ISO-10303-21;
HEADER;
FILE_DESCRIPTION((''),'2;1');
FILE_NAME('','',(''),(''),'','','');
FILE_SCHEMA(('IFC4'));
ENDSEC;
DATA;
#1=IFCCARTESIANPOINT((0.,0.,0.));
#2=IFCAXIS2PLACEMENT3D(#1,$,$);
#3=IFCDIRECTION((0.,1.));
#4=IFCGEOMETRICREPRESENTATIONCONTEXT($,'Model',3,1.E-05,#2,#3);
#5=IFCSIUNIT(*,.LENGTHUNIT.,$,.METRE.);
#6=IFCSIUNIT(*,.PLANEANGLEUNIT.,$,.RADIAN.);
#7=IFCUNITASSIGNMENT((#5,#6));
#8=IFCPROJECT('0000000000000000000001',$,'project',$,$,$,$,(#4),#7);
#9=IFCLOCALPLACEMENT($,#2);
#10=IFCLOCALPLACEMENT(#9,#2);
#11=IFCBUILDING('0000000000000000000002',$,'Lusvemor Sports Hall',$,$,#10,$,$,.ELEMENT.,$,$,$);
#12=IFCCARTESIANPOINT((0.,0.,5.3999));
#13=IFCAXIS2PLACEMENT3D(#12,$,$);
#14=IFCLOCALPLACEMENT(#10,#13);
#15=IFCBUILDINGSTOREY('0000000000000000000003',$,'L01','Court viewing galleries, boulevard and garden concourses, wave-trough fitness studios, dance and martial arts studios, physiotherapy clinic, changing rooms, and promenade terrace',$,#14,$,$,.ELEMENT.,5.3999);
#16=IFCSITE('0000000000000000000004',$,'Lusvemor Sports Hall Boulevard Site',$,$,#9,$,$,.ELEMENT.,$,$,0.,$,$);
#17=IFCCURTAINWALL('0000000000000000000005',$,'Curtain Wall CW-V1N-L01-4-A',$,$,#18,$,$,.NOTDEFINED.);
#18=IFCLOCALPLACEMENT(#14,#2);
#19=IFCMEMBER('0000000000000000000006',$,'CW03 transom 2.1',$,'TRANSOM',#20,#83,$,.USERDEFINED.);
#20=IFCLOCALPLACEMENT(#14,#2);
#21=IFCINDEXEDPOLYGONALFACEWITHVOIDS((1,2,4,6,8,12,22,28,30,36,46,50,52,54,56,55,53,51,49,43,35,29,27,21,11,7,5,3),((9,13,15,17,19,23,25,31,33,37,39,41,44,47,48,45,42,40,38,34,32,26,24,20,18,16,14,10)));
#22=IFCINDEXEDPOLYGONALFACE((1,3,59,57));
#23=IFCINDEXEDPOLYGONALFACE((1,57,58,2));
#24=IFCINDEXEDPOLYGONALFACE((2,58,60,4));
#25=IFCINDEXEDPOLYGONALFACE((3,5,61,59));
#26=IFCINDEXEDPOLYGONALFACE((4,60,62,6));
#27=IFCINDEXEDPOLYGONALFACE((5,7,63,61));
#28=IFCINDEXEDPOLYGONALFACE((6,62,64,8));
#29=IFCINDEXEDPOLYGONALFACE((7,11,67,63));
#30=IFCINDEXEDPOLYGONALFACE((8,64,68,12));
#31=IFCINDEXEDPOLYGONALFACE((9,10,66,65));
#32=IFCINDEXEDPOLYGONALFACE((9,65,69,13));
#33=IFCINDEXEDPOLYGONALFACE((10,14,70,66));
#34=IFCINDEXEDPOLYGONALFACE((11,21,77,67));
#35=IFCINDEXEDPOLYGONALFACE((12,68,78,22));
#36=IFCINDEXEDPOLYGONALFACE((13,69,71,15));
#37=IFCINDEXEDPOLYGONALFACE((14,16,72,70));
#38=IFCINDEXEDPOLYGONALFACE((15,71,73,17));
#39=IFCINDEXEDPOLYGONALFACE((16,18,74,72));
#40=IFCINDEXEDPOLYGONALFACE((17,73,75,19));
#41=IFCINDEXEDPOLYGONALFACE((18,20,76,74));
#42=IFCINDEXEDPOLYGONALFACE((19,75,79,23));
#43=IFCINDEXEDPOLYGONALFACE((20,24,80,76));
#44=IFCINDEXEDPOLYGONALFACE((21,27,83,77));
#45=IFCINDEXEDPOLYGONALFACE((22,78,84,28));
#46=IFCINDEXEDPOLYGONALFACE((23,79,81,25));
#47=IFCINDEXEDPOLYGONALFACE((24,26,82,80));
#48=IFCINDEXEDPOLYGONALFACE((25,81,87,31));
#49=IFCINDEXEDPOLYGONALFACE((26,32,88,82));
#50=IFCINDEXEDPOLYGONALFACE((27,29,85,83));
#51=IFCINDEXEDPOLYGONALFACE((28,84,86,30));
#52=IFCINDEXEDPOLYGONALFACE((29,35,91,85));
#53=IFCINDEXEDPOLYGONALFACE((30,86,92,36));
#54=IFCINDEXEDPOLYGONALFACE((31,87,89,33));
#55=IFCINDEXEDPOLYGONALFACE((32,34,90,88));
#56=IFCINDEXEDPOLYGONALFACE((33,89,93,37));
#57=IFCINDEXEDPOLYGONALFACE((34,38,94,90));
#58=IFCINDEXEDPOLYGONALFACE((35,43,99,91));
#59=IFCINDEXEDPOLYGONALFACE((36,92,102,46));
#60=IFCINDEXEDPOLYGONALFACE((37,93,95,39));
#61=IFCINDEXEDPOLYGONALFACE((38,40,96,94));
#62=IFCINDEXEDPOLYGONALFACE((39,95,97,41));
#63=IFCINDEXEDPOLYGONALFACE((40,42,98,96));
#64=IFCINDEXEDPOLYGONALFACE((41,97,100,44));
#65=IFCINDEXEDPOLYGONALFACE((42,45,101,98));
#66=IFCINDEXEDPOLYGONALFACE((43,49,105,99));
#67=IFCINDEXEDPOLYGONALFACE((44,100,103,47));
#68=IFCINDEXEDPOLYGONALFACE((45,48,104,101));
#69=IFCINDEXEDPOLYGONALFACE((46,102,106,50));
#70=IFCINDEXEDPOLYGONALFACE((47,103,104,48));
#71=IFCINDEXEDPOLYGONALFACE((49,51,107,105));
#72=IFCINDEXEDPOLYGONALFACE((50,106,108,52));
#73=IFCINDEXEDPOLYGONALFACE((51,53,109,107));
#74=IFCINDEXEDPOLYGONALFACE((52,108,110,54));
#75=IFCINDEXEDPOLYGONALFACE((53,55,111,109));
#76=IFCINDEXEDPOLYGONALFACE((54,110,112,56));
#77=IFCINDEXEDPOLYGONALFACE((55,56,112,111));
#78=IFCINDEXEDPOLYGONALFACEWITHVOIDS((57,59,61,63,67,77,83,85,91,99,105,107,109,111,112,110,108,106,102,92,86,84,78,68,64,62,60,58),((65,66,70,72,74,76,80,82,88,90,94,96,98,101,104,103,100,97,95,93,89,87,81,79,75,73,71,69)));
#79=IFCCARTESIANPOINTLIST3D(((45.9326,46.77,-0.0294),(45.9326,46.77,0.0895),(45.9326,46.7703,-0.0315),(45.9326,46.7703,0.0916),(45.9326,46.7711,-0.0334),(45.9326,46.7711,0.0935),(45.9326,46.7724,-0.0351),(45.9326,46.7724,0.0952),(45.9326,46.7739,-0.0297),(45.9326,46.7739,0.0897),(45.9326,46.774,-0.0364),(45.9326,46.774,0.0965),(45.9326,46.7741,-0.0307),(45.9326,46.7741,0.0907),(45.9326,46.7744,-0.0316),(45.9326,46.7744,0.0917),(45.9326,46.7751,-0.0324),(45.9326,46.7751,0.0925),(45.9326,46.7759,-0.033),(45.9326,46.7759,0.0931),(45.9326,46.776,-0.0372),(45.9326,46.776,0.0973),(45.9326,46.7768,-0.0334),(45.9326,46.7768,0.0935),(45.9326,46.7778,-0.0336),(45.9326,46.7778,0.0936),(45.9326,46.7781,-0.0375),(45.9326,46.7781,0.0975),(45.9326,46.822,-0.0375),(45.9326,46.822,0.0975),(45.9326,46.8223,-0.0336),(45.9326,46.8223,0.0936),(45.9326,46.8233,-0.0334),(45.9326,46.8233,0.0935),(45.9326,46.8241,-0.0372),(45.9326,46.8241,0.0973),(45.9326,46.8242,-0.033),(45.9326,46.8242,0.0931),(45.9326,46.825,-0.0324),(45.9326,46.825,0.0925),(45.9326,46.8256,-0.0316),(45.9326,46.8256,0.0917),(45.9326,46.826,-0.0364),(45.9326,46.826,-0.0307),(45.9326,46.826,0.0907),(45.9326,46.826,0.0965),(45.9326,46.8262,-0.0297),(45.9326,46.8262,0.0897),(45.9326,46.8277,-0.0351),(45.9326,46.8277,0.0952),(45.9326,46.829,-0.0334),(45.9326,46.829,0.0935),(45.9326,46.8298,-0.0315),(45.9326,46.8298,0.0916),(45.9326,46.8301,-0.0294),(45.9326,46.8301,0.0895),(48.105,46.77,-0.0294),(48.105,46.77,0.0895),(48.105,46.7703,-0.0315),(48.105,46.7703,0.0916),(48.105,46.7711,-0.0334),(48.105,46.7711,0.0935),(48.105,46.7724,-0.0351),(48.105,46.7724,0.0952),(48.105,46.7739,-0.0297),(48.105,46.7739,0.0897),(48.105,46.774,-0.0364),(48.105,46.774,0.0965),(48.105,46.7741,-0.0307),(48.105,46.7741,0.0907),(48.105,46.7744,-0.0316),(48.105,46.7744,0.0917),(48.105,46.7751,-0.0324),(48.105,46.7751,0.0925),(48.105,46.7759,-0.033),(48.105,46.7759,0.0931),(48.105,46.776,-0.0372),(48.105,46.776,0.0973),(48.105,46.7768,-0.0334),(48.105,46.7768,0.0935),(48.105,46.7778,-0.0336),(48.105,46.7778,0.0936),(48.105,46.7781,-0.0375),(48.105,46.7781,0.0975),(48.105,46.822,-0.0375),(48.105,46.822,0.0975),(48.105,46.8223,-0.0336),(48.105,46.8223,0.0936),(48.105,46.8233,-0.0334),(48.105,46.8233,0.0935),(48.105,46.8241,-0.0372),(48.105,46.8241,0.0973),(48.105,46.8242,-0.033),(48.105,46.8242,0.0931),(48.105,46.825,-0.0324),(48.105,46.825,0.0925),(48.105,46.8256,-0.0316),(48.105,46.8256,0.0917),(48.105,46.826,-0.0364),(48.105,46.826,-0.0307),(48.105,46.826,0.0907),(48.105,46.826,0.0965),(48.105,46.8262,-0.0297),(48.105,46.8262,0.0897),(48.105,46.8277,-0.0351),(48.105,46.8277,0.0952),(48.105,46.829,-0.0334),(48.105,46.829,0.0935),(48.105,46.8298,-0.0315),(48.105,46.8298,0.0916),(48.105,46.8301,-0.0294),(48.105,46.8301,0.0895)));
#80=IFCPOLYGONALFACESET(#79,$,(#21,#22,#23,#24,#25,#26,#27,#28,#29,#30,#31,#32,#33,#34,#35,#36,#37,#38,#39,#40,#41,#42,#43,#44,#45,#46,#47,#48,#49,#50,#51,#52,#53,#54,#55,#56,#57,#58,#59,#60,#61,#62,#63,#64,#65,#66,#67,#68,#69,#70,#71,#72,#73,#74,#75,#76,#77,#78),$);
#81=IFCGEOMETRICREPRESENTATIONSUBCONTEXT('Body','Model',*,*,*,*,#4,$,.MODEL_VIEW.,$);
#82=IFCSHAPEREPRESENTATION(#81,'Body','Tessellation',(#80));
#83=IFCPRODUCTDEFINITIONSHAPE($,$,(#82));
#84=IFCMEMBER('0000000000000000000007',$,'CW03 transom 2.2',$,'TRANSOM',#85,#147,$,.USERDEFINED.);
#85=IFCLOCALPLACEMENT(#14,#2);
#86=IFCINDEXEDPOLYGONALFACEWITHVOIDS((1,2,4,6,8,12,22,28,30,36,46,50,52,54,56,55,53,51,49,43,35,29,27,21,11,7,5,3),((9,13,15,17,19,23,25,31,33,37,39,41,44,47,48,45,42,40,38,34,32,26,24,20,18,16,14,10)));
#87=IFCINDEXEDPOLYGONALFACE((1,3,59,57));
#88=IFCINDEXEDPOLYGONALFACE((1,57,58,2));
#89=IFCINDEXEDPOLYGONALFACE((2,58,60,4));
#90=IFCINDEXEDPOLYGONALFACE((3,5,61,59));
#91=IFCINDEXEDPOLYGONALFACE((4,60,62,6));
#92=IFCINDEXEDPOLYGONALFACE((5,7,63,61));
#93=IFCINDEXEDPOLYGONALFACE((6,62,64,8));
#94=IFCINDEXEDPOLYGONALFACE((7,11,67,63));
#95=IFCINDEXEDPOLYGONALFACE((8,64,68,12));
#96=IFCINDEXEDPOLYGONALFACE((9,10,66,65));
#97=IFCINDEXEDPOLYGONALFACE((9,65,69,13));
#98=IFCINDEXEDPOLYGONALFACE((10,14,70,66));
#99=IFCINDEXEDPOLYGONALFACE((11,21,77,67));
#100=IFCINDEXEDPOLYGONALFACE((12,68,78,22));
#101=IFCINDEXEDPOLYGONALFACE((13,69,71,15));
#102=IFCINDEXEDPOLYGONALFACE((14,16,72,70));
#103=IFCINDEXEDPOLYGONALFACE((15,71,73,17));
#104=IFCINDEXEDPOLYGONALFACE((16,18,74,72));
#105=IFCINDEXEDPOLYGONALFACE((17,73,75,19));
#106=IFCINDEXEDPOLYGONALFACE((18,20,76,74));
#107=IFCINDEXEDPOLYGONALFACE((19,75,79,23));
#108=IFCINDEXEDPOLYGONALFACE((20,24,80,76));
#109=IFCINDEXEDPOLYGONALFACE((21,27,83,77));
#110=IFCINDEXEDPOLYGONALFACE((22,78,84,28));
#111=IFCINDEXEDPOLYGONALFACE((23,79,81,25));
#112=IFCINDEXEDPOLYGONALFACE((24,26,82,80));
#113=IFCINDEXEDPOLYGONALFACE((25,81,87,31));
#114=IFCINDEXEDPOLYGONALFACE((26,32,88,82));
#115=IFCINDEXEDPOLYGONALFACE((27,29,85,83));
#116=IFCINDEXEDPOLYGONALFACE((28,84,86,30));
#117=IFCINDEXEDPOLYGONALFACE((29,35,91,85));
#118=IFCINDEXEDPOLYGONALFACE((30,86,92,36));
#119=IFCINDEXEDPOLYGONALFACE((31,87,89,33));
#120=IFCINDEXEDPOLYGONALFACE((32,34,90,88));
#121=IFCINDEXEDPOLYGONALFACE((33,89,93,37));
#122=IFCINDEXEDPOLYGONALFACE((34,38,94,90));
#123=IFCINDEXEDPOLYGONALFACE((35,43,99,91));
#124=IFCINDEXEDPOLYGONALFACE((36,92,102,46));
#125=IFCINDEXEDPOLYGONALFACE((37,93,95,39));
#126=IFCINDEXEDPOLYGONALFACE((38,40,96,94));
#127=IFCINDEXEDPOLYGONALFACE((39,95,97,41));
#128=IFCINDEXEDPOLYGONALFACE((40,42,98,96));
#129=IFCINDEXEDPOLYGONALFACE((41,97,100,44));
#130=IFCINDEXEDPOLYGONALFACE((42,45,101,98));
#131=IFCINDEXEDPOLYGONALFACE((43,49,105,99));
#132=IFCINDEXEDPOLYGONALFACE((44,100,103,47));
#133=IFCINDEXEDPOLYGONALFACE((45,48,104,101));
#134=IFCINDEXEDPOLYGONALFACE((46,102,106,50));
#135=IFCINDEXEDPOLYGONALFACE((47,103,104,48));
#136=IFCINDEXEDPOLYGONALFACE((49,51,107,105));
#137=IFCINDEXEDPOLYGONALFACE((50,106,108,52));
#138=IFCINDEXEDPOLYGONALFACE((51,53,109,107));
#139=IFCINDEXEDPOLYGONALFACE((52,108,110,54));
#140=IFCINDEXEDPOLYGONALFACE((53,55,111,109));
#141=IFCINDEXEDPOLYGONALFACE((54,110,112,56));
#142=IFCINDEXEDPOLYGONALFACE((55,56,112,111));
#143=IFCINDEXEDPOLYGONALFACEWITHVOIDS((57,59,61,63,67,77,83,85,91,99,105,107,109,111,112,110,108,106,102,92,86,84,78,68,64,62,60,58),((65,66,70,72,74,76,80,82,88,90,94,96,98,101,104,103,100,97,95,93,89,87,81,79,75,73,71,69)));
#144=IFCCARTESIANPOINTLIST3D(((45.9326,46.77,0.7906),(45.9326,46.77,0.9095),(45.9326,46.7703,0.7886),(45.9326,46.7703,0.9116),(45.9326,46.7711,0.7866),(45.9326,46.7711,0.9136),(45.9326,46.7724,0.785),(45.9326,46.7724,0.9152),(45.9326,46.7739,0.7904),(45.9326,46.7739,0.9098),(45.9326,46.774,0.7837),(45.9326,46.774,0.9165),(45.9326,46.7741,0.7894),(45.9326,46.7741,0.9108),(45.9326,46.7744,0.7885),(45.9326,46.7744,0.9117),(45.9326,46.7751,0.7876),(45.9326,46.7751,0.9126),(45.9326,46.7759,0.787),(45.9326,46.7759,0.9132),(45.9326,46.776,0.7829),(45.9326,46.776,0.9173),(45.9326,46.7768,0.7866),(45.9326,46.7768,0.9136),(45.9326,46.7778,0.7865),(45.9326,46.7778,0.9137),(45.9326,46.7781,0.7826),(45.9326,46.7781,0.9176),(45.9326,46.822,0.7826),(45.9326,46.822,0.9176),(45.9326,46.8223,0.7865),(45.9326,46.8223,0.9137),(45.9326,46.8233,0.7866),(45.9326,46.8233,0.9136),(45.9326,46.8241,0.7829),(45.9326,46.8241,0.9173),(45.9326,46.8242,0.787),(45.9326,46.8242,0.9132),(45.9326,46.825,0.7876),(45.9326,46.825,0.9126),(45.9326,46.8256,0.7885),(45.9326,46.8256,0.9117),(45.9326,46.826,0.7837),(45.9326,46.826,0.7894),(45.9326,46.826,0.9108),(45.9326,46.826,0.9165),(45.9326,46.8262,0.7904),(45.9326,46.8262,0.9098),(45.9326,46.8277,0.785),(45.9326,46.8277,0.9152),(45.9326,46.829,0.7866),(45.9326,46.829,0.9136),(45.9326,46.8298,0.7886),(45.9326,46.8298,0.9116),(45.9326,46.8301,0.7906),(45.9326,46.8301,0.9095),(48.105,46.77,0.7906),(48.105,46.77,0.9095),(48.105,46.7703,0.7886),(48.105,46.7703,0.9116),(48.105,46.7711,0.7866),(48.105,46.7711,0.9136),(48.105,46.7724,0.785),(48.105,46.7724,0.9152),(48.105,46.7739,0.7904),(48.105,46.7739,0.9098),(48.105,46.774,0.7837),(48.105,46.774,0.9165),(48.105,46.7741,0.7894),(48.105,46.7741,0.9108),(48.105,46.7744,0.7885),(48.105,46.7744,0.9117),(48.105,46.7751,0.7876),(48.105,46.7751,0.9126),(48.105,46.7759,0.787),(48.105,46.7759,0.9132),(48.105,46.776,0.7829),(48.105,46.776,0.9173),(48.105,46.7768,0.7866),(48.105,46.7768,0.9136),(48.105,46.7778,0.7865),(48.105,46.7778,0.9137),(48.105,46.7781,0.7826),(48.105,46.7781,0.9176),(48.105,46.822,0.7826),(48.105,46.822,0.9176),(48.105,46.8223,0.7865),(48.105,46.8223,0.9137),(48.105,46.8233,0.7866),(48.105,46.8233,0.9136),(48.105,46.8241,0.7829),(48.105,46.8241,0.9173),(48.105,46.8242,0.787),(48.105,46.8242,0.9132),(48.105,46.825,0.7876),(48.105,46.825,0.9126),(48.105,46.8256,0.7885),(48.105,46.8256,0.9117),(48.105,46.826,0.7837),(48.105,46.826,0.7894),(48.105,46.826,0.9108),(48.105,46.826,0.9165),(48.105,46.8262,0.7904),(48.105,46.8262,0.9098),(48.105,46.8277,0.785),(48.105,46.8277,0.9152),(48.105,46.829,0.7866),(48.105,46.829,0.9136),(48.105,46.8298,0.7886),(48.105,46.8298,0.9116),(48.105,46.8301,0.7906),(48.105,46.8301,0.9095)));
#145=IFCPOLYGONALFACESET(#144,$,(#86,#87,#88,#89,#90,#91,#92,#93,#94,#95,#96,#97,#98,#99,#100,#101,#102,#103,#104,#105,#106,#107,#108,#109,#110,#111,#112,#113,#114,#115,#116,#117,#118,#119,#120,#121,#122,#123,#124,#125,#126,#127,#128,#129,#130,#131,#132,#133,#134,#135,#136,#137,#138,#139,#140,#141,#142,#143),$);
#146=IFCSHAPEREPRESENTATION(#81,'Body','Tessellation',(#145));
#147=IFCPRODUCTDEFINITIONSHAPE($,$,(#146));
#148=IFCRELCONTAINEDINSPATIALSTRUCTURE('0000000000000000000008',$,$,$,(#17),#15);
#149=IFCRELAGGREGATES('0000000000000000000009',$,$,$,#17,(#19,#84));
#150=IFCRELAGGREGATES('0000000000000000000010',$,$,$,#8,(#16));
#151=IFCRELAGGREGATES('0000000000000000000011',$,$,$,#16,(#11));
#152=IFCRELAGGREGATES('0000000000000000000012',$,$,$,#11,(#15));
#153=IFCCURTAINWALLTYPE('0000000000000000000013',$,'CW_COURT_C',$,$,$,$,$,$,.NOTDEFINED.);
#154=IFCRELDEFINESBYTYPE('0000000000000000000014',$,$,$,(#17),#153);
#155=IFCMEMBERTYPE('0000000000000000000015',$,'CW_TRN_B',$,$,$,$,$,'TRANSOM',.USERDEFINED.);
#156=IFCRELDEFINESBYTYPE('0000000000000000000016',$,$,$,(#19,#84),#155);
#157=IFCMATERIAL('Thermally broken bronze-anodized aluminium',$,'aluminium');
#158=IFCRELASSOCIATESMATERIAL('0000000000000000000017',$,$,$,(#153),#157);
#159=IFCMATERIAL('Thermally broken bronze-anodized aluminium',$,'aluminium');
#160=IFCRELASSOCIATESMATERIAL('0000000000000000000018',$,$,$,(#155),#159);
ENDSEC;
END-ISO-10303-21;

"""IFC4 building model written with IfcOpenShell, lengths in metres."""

from ifc_helpers import new_model, si_unit, direction, frame, origin, origin_2d, place, context, subcontext, project, spatial, hollow_rectangle, extrude, material, material_profile, profile_set, type_object, element, aggregate, save


model = new_model("IFC4")

# Units and contexts
model_context = context("Model", 3, precision=1e-05, world=origin(), true_north=direction((0.0, 1.0)))
body_context = subcontext(model_context, "Body", "Model", "MODEL_VIEW")
ifc_project = project(units=[si_unit("LENGTHUNIT", "METRE"), si_unit("PLANEANGLEUNIT", "RADIAN")], contexts=[model_context])

# Site, building, storey
site_placement = place(None, origin())
site = spatial("IfcSite", under=ifc_project, at=site_placement, Name="Lusvemor Sports Hall Boulevard Site", CompositionType="ELEMENT", RefElevation=0.0)
building_placement = place(site_placement, origin())
building = spatial("IfcBuilding", under=site, at=building_placement, Name="Lusvemor Sports Hall", CompositionType="ELEMENT")
storey_placement = place(building_placement, frame((0.0, 0.0, 5.3999)))
storey = spatial("IfcBuildingStorey", under=building, at=storey_placement, Name="L01", Description="Court viewing galleries, boulevard and garden concourses, wave-trough fitness studios, dance and martial arts studios, physiotherapy clinic, changing rooms, and promenade terrace", CompositionType="ELEMENT", Elevation=5.3999)

# Curtain wall
ifc_material_1 = material(Name="Thermally broken bronze-anodized aluminium", Category="aluminium")
curtain_wall_type = type_object("IfcCurtainWallType", Name="CW_COURT_C", PredefinedType="NOTDEFINED", material=ifc_material_1)
curtain_wall_1_placement = place(storey_placement, origin())
curtain_wall_1 = element("IfcCurtainWall", 1, at=curtain_wall_1_placement, inside=storey, type_object=curtain_wall_type, Name="Curtain Wall CW-V1N-L01-4-A", PredefinedType="NOTDEFINED")

# Members
ifc_material_2 = material(Name="Thermally broken bronze-anodized aluminium", Category="aluminium")
ifc_material_profile_1 = material_profile(ifc_material_2, hollow_rectangle(XDim=0.0601, YDim=0.135, WallThickness=0.0039, InnerFilletRadius=0.0039, OuterFilletRadius=0.0081, at=origin_2d()), Name="CWTRN135x60x4")
ifc_profile_set_1 = profile_set([ifc_material_profile_1], Name="Thermally broken bronze-anodized aluminium")
member_type_1 = type_object("IfcMemberType", Name="CW_TRN_B", ElementType="TRANSOM", PredefinedType="USERDEFINED", material=ifc_profile_set_1)
member_1_placement = place(storey_placement, frame((45.9326, 46.8, 0.03), z_axis=(1.0, 0.0, 0.0), x_axis=(0.0, 1.0, 0.0)))
member_1 = element("IfcMember", 2, at=member_1_placement, type_object=member_type_1, Name="CW03 transom 2.1", ObjectType="TRANSOM", PredefinedType="USERDEFINED", context=body_context, shape_type="SweptSolid", body=[
    extrude(hollow_rectangle(XDim=0.0601, YDim=0.135, WallThickness=0.0039, InnerFilletRadius=0.0039, OuterFilletRadius=0.0081, at=origin_2d()), origin(), (0.0, 0.0, 1.0), 2.1724),
])
member_2_placement = place(storey_placement, frame((45.9326, 46.8, 0.8501), z_axis=(1.0, 0.0, 0.0), x_axis=(0.0, 1.0, 0.0)))
member_2 = element("IfcMember", 3, at=member_2_placement, type_object=member_type_1, Name="CW03 transom 2.2", ObjectType="TRANSOM", PredefinedType="USERDEFINED", context=body_context, shape_type="SweptSolid", body=[
    extrude(hollow_rectangle(XDim=0.0601, YDim=0.135, WallThickness=0.0039, InnerFilletRadius=0.0039, OuterFilletRadius=0.0081, at=origin_2d()), origin(), (0.0, 0.0, 1.0), 2.1724),
])

aggregate(curtain_wall_1, [member_1, member_2])

save(model, "model.ifc")
